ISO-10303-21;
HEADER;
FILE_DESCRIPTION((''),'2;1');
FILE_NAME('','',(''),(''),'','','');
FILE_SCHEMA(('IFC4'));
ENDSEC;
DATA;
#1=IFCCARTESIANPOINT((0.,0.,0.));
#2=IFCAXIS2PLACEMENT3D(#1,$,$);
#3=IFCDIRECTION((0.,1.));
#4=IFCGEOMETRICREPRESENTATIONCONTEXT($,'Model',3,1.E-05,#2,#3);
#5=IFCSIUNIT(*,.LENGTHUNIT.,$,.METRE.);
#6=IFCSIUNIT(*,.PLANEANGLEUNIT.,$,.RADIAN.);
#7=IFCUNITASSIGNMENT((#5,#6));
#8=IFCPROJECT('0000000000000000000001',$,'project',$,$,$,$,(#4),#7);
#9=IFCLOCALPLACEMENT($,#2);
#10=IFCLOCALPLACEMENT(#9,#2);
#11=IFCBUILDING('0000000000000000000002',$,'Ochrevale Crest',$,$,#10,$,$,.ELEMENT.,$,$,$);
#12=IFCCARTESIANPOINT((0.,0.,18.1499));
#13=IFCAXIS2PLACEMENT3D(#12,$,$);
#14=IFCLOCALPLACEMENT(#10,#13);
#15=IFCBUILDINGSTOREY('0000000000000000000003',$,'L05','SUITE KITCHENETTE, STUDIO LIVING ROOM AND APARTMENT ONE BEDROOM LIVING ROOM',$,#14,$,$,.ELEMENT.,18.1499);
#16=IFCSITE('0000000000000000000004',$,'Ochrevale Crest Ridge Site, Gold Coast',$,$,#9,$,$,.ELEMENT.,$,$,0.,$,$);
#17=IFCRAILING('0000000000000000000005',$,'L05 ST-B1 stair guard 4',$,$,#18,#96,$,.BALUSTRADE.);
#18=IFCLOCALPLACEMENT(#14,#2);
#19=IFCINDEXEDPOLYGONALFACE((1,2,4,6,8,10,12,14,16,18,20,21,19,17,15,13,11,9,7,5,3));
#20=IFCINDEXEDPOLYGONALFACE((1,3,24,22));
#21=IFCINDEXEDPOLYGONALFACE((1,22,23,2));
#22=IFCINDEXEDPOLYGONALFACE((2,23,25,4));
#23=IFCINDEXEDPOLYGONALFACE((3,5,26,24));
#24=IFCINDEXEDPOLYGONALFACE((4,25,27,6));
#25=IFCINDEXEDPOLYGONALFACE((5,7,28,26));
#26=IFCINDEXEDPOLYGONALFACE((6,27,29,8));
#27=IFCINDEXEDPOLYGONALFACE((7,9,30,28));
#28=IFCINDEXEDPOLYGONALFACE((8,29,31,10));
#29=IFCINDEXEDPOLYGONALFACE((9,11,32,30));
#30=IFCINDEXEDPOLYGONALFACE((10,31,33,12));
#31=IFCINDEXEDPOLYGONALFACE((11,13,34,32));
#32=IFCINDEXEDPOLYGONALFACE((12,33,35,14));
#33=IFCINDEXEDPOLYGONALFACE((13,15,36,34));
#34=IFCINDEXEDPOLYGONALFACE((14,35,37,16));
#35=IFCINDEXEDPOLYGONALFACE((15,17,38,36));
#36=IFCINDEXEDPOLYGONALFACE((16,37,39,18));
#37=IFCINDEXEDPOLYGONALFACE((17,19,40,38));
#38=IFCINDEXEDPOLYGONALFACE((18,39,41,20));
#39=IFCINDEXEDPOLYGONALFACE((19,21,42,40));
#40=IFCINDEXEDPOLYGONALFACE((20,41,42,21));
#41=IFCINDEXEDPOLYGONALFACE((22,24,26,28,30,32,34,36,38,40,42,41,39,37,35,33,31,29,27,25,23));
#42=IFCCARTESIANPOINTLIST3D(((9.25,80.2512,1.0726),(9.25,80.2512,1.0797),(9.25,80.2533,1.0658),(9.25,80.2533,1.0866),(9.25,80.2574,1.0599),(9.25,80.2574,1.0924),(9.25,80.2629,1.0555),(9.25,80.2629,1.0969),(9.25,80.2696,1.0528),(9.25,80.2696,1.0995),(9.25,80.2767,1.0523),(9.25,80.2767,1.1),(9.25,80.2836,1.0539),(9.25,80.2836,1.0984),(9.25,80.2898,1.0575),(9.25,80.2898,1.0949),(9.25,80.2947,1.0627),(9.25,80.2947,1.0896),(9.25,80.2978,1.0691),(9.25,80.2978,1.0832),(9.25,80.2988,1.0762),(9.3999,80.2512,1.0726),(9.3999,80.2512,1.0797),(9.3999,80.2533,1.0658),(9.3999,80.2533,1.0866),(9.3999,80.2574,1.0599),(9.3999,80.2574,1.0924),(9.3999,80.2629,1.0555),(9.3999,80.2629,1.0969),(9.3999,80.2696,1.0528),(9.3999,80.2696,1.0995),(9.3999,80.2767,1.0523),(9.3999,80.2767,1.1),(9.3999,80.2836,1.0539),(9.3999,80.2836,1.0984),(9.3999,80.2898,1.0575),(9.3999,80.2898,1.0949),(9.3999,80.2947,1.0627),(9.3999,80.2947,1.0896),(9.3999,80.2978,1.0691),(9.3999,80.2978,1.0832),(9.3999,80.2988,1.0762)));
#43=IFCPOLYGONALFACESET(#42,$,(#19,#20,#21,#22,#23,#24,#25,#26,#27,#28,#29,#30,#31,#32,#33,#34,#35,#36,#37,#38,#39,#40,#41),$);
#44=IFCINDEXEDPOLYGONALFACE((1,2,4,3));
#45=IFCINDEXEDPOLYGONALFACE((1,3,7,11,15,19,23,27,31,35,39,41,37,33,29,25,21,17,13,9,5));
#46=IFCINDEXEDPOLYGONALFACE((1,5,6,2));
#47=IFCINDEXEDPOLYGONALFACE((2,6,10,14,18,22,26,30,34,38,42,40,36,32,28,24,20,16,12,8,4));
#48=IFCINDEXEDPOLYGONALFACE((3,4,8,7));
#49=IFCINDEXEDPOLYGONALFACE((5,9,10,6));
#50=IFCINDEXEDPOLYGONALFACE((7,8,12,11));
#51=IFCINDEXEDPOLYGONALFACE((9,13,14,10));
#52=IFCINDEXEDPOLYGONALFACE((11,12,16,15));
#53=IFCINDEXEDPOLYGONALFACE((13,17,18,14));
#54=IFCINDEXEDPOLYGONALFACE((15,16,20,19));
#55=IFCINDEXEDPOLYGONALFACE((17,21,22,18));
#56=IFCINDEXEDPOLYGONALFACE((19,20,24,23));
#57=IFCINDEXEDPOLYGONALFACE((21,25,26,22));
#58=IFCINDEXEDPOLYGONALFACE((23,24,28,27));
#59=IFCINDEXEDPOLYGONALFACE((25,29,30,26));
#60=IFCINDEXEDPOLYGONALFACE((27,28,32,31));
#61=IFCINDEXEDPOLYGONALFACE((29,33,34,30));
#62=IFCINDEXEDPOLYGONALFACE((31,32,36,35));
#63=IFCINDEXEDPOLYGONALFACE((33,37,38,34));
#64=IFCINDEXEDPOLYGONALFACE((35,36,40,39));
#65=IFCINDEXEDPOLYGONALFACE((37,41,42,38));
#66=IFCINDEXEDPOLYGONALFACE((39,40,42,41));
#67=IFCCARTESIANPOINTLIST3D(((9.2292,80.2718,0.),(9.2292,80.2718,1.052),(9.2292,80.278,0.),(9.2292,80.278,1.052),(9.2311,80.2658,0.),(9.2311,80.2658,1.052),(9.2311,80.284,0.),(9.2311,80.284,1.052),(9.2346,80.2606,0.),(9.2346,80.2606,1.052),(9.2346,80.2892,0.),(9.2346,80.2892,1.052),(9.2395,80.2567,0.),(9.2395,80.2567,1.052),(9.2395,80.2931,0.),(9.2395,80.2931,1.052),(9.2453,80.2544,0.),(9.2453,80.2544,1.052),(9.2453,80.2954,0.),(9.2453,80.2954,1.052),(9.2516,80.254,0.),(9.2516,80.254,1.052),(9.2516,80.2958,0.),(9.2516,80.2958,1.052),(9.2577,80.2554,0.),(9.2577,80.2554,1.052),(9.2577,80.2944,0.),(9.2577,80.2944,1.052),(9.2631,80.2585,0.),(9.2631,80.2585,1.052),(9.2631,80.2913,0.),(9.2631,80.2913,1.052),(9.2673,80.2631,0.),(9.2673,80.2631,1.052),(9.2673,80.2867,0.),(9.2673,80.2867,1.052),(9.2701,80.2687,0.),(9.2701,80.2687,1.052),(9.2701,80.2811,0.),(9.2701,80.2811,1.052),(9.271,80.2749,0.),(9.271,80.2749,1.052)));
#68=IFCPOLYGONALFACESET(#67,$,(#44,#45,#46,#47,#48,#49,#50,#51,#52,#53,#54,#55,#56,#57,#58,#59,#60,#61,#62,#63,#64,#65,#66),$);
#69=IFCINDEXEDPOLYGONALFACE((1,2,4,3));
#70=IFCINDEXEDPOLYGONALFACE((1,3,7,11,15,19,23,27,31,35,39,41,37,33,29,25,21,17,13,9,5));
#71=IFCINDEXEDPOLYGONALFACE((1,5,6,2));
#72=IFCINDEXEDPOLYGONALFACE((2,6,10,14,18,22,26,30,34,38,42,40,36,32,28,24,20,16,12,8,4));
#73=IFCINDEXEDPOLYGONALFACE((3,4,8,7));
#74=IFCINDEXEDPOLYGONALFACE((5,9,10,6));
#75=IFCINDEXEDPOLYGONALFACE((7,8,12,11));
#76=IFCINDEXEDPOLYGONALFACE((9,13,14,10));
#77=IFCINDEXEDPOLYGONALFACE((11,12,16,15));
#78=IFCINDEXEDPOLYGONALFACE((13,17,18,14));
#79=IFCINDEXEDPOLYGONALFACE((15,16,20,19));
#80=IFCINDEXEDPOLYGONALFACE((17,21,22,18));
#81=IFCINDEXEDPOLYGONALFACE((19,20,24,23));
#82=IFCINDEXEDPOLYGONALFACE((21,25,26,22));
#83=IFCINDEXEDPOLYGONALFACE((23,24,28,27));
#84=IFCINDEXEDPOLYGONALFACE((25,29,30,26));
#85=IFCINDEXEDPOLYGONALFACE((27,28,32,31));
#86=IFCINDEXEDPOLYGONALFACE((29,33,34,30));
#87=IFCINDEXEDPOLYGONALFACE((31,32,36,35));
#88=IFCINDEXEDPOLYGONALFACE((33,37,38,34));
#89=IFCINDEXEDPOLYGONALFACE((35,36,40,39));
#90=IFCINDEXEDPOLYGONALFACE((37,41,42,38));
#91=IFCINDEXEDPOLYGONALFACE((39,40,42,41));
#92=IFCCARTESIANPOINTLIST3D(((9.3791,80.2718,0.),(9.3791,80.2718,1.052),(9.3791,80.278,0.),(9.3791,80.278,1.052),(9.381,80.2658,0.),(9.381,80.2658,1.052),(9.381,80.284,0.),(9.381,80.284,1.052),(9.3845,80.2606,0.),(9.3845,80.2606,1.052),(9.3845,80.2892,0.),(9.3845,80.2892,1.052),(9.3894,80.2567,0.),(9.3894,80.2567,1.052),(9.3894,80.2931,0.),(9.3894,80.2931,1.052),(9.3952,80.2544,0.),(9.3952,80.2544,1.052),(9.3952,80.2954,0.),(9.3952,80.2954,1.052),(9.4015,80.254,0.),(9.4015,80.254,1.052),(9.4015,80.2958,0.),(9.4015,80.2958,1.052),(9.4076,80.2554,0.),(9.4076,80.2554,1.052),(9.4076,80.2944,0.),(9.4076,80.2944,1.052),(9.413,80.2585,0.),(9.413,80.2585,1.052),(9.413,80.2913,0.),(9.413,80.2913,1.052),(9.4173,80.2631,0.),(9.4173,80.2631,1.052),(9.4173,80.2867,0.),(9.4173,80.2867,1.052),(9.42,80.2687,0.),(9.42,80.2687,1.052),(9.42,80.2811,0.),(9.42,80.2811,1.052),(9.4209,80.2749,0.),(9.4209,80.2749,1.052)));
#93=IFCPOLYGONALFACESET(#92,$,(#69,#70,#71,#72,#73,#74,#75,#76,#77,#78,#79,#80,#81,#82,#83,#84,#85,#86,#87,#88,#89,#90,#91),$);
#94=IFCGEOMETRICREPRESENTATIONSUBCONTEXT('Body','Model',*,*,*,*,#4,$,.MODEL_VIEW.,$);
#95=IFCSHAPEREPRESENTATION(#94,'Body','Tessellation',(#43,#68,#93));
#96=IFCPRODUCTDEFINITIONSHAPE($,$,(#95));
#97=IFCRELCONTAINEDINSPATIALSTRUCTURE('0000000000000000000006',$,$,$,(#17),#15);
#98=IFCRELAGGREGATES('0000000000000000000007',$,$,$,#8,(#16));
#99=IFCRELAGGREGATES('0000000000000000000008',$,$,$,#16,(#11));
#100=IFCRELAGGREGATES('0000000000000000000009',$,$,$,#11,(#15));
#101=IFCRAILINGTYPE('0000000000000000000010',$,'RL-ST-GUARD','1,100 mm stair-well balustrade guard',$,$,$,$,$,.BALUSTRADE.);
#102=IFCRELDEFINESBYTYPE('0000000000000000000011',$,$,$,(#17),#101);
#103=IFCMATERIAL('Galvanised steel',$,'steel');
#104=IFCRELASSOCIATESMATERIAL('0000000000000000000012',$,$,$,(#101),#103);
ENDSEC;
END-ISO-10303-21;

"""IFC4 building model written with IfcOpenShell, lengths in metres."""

from ifc_helpers import new_model, si_unit, direction, frame, origin, origin_2d, place, context, subcontext, project, spatial, circle, extrude, material, type_object, element, save


model = new_model("IFC4")

# Units and contexts
model_context = context("Model", 3, precision=1e-05, world=origin(), true_north=direction((0.0, 1.0)))
body_context = subcontext(model_context, "Body", "Model", "MODEL_VIEW")
ifc_project = project(units=[si_unit("LENGTHUNIT", "METRE"), si_unit("PLANEANGLEUNIT", "RADIAN")], contexts=[model_context])

# Site, building, storey
site_placement = place(None, origin())
site = spatial("IfcSite", under=ifc_project, at=site_placement, Name="Ochrevale Crest Ridge Site, Gold Coast", CompositionType="ELEMENT", RefElevation=0.0)
building_placement = place(site_placement, origin())
building = spatial("IfcBuilding", under=site, at=building_placement, Name="Ochrevale Crest", CompositionType="ELEMENT")
storey_placement = place(building_placement, frame((0.0, 0.0, 18.1499)))
storey = spatial("IfcBuildingStorey", under=building, at=storey_placement, Name="L05", Description="SUITE KITCHENETTE, STUDIO LIVING ROOM AND APARTMENT ONE BEDROOM LIVING ROOM", CompositionType="ELEMENT", Elevation=18.1499)

# Railing
ifc_material_1 = material(Name="Galvanised steel", Category="steel")
railing_type_1 = type_object("IfcRailingType", Name="RL-ST-GUARD", Description="1,100 mm stair-well balustrade guard", PredefinedType="BALUSTRADE", material=ifc_material_1)
railing_1_placement = place(storey_placement, frame((9.25, 80.2749, 0.0)))
element("IfcRailing", 1, at=railing_1_placement, inside=storey, type_object=railing_type_1, Name="L05 ST-B1 stair guard 4", PredefinedType="BALUSTRADE", context=body_context, shape_type="SweptSolid", body=[
    extrude(circle(Radius=0.0239, at=origin_2d()), frame((0.0, 0.0, 1.0762), z_axis=(1.0, 0.0, 0.0), x_axis=(0.0, 1.0, 0.0)), (0.0, 0.0, 1.0), 0.1499),
    extrude(circle(Radius=0.021, at=origin_2d()), origin(), (0.0, 0.0, 1.0), 1.052),
    extrude(circle(Radius=0.021, at=origin_2d()), frame((0.1499, 0.0, 0.0)), (0.0, 0.0, 1.0), 1.052),
])

save(model, "model.ifc")
